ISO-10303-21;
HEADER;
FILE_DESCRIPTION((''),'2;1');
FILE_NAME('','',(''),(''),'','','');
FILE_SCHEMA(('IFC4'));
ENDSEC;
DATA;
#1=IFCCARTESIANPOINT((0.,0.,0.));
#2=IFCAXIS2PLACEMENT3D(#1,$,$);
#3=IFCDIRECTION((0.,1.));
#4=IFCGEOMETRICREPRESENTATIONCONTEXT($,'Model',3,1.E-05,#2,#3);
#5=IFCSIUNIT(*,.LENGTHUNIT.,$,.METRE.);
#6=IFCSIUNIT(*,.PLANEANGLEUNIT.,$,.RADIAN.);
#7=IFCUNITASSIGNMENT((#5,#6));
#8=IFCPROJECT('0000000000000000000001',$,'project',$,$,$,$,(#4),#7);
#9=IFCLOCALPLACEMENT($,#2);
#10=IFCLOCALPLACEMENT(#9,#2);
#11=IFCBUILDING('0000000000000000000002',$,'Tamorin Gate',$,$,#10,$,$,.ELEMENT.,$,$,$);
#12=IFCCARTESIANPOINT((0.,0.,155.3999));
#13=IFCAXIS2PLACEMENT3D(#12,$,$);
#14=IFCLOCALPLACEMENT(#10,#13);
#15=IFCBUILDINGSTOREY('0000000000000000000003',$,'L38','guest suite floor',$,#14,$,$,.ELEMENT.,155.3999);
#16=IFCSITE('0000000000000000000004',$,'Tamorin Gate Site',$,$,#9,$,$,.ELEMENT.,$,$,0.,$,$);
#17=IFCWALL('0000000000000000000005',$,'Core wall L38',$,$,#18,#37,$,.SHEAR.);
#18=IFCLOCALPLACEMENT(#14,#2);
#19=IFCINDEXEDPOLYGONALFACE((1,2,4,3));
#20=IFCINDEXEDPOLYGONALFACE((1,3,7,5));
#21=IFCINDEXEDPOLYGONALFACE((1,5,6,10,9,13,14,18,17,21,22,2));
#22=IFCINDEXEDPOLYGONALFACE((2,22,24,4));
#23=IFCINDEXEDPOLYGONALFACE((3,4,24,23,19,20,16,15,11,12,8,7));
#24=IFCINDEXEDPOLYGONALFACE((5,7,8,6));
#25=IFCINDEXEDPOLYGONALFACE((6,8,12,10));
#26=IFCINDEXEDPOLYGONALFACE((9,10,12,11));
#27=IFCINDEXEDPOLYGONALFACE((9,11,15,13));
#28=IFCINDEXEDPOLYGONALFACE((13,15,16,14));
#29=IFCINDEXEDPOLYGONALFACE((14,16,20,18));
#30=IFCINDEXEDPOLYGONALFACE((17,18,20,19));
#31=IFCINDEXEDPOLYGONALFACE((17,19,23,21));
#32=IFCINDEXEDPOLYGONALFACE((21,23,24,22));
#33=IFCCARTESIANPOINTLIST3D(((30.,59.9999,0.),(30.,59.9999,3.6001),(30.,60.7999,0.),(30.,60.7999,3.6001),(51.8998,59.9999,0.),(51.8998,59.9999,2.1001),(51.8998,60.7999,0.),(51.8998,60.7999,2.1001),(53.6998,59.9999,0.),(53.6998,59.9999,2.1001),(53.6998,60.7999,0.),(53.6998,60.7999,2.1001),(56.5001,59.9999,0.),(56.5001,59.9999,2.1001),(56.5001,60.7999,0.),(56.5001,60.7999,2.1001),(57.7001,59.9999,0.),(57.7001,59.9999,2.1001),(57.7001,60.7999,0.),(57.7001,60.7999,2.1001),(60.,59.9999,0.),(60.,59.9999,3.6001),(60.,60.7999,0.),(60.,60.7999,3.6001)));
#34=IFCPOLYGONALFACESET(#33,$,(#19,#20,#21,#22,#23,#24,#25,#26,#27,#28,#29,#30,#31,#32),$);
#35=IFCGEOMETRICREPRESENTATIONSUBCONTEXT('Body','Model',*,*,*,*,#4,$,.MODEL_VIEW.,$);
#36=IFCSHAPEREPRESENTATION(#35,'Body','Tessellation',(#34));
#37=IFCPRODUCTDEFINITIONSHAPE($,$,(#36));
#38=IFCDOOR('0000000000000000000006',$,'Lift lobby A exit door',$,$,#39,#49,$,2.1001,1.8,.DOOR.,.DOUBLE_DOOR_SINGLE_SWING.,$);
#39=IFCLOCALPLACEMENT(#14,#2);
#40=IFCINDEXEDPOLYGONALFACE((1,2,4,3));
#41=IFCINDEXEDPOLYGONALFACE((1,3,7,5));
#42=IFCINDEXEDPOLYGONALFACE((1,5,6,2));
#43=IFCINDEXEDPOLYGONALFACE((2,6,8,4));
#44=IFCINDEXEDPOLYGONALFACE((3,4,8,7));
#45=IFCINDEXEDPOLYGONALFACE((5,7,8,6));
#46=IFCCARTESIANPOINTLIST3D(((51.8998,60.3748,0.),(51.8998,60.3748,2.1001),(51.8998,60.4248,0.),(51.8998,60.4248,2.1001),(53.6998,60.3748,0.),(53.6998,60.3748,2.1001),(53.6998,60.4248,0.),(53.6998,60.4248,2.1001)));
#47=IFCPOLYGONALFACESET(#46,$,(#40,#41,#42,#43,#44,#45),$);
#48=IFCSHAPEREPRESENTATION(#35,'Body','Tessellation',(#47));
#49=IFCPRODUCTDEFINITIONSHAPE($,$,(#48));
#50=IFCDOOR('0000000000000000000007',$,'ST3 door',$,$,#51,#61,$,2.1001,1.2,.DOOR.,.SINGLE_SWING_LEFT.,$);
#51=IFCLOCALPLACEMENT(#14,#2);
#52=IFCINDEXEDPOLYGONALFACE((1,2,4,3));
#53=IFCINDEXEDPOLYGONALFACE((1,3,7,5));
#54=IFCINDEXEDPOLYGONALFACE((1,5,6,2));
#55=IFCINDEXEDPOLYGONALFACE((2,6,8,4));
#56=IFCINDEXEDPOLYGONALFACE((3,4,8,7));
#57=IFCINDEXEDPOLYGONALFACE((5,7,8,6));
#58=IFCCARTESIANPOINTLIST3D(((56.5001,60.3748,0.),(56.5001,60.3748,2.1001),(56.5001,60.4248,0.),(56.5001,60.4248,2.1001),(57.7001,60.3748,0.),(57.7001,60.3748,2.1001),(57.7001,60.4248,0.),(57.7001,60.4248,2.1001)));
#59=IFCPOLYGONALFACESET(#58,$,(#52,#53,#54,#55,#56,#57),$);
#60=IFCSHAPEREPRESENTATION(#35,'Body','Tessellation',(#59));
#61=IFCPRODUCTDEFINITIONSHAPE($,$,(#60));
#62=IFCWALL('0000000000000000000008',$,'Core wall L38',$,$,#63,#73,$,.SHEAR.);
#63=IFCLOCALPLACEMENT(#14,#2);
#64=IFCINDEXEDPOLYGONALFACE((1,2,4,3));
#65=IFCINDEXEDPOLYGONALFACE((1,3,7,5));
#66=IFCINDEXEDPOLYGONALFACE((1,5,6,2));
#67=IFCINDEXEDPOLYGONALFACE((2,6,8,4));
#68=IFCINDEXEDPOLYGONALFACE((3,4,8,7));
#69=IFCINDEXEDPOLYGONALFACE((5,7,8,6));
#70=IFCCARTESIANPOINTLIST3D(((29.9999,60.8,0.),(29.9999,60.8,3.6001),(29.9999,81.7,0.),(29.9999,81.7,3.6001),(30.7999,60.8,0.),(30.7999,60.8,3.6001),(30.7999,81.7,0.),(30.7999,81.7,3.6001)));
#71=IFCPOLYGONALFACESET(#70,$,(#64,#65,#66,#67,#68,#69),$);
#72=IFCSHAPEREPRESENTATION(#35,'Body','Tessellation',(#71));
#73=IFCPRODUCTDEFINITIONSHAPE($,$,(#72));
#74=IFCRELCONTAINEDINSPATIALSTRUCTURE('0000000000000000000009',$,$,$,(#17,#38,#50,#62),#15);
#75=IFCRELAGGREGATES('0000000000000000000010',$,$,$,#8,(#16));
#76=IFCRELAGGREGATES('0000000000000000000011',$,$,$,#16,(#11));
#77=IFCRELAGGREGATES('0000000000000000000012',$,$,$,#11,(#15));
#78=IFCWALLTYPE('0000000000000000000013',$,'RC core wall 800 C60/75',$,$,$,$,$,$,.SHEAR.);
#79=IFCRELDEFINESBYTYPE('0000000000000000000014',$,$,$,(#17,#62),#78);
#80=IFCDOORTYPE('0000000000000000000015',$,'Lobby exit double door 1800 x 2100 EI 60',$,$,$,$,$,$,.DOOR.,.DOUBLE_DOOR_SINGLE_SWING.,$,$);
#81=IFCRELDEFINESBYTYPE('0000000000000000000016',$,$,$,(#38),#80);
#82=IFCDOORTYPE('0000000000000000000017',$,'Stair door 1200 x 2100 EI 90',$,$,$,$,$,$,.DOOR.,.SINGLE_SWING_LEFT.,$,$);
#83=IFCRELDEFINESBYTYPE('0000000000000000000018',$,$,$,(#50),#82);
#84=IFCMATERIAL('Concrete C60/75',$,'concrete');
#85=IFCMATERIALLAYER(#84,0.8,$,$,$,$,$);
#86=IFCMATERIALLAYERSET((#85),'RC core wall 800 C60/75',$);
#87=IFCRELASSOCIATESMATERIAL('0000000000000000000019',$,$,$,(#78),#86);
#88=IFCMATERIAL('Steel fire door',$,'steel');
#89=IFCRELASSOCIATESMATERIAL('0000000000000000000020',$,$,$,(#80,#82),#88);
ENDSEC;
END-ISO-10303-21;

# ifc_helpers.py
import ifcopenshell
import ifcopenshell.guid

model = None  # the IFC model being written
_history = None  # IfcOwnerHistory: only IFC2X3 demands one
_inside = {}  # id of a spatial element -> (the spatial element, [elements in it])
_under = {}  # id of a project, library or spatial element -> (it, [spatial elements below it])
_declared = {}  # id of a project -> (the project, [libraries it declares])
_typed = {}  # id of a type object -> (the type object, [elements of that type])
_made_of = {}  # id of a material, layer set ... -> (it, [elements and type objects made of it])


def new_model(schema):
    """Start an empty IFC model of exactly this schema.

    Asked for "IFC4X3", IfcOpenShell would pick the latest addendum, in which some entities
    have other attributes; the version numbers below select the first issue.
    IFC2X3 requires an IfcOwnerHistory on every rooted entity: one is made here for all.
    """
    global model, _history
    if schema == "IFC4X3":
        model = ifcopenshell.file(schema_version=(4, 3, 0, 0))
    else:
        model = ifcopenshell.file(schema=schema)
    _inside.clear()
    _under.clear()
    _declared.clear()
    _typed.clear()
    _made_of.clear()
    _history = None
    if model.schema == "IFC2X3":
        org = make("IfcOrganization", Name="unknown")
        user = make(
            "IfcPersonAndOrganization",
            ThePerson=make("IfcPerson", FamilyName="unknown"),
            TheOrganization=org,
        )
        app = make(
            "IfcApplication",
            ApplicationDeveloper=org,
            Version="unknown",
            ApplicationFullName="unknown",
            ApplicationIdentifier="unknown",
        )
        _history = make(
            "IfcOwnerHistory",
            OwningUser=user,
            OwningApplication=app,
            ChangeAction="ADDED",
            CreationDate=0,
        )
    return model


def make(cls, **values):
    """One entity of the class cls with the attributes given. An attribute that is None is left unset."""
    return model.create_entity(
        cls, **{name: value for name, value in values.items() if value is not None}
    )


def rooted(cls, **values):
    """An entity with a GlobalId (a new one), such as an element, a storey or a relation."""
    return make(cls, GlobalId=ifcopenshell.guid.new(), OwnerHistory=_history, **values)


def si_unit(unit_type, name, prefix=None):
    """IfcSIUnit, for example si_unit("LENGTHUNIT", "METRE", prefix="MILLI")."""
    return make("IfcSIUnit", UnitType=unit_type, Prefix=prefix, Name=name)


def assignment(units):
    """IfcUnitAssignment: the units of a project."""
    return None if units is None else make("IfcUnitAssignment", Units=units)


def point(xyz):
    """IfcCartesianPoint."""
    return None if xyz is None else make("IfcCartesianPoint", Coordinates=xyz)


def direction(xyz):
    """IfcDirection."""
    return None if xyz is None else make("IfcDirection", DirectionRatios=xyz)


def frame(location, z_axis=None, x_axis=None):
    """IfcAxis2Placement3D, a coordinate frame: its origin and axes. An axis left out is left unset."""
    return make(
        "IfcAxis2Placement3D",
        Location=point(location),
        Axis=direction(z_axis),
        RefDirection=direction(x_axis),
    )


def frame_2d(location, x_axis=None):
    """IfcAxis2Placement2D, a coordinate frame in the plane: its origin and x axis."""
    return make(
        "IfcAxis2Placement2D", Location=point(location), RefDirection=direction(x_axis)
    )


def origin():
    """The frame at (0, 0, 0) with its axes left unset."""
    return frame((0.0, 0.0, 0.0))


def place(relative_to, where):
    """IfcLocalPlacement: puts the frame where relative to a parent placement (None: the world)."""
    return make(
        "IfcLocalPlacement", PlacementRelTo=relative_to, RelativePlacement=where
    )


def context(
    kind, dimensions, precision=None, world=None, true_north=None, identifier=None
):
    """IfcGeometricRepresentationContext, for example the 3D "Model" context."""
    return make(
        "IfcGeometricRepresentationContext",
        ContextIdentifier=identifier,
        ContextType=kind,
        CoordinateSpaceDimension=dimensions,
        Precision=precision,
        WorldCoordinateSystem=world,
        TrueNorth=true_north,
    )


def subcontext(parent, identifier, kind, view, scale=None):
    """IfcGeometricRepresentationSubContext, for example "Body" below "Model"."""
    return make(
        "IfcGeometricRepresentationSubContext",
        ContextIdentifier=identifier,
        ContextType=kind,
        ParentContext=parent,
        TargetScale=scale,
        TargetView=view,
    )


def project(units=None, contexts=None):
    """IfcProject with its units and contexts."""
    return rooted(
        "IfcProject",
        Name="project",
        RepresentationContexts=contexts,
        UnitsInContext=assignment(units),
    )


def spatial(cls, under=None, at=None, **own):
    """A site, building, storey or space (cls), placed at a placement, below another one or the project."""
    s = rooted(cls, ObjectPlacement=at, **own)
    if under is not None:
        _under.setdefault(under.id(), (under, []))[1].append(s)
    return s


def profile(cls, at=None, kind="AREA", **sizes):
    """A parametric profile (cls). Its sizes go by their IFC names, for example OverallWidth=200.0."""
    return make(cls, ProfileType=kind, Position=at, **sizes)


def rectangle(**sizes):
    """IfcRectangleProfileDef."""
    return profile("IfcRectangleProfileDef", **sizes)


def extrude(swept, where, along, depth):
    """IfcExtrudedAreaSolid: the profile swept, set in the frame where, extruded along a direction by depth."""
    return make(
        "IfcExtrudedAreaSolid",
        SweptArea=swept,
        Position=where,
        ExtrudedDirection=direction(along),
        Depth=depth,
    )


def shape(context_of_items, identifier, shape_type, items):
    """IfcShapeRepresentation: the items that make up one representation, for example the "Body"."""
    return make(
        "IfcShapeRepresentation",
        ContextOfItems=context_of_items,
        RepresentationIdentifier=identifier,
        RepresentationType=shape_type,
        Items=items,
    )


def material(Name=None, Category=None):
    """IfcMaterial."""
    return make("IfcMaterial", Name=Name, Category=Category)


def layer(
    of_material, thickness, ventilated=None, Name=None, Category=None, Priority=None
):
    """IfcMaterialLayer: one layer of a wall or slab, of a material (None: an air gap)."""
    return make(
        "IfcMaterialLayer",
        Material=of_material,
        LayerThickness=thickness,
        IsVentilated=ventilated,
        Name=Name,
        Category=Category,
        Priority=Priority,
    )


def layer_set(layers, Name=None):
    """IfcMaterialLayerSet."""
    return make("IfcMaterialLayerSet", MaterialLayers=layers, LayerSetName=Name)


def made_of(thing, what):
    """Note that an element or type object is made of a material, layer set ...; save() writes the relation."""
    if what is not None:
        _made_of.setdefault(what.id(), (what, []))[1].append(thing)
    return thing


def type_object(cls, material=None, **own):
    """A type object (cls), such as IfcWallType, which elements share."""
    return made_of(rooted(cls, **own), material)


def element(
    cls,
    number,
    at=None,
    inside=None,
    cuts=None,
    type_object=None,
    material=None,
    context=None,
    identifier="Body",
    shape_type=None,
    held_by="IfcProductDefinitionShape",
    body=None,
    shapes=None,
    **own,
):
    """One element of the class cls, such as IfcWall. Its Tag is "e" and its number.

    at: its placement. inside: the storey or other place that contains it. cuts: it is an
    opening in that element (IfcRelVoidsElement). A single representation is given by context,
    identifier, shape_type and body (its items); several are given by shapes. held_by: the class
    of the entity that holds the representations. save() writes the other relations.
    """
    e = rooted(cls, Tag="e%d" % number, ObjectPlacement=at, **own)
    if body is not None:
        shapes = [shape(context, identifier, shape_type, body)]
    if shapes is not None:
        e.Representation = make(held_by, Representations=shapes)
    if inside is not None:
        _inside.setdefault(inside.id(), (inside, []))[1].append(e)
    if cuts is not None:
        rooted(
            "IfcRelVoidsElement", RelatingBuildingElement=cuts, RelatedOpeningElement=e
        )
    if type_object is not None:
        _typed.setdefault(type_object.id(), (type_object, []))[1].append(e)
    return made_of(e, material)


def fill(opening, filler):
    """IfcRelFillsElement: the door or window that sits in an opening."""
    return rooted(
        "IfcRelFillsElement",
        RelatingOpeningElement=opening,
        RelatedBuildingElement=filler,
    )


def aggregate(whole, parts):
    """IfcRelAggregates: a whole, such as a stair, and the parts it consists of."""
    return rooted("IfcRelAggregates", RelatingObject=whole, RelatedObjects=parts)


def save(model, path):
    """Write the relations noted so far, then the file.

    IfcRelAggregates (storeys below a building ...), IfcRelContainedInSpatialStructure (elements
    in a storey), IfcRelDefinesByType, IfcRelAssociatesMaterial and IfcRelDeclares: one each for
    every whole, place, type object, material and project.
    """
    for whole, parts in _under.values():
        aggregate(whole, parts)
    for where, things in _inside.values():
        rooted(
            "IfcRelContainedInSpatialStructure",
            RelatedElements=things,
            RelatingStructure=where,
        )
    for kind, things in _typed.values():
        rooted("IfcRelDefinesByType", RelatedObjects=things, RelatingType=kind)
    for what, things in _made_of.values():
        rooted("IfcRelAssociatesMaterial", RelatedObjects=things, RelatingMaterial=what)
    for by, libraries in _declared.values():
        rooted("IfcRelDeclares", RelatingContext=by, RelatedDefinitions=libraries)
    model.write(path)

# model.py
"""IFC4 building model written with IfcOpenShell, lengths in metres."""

from ifc_helpers import new_model, si_unit, direction, frame, frame_2d, origin, place, context, subcontext, project, spatial, rectangle, extrude, material, layer, layer_set, type_object, element, fill, save


model = new_model("IFC4")

# Units and contexts
model_context = context("Model", 3, precision=1e-05, world=origin(), true_north=direction((0.0, 1.0)))
body_context = subcontext(model_context, "Body", "Model", "MODEL_VIEW")
ifc_project = project(units=[si_unit("LENGTHUNIT", "METRE"), si_unit("PLANEANGLEUNIT", "RADIAN")], contexts=[model_context])

# Site, building, storey
site_placement = place(None, origin())
site = spatial("IfcSite", under=ifc_project, at=site_placement, Name="Tamorin Gate Site", CompositionType="ELEMENT", RefElevation=0.0)
building_placement = place(site_placement, origin())
building = spatial("IfcBuilding", under=site, at=building_placement, Name="Tamorin Gate", CompositionType="ELEMENT")
storey_placement = place(building_placement, frame((0.0, 0.0, 155.3999)))
storey = spatial("IfcBuildingStorey", under=building, at=storey_placement, Name="L38", Description="guest suite floor", CompositionType="ELEMENT", Elevation=155.3999)

# Wall, openings, doors
ifc_material_1 = material(Name="Concrete C60/75", Category="concrete")
ifc_layer_1 = layer(ifc_material_1, 0.8)
ifc_layer_set_1 = layer_set([ifc_layer_1], Name="RC core wall 800 C60/75")
wall_type_1 = type_object("IfcWallType", Name="RC core wall 800 C60/75", PredefinedType="SHEAR", material=ifc_layer_set_1)
wall_1_placement = place(storey_placement, frame((30.0, 60.3999, 0.0), z_axis=(0.0, 0.0, 1.0), x_axis=(1.0, 0.0, 0.0)))
wall_1 = element("IfcWall", 1, at=wall_1_placement, inside=storey, type_object=wall_type_1, Name="Core wall L38", PredefinedType="SHEAR", context=body_context, shape_type="SweptSolid", body=[
    extrude(rectangle(XDim=30.0, YDim=0.8, at=frame_2d((15.0, 0.0))), origin(), (0.0, 0.0, 1.0), 3.6001),
])
opening_1_placement = place(wall_1_placement, frame((21.8999, 0.0, 0.0)))
opening_1 = element("IfcOpeningElement", 2, at=opening_1_placement, cuts=wall_1, PredefinedType="OPENING", context=body_context, shape_type="SweptSolid", body=[
    extrude(rectangle(XDim=1.8, YDim=2.1001, at=frame_2d((0.8999, 1.05))), frame((0.0, 0.4099, 0.0), z_axis=(0.0, -1.0, 0.0), x_axis=(1.0, 0.0, 0.0)), (0.0, 0.0, 1.0), 0.8201),
])
opening_2_placement = place(wall_1_placement, frame((26.5, 0.0, 0.0)))
opening_2 = element("IfcOpeningElement", 3, at=opening_2_placement, cuts=wall_1, PredefinedType="OPENING", context=body_context, shape_type="SweptSolid", body=[
    extrude(rectangle(XDim=1.2, YDim=2.1001, at=frame_2d((0.6001, 1.05))), frame((0.0, 0.4099, 0.0), z_axis=(0.0, -1.0, 0.0), x_axis=(1.0, 0.0, 0.0)), (0.0, 0.0, 1.0), 0.8201),
])
ifc_material_2 = material(Name="Steel fire door", Category="steel")
door_type_1 = type_object("IfcDoorType", Name="Lobby exit double door 1800 x 2100 EI 60", OperationType="DOUBLE_DOOR_SINGLE_SWING", PredefinedType="DOOR", material=ifc_material_2)
door_1_placement = place(opening_1_placement, origin())
door_1 = element("IfcDoor", 4, at=door_1_placement, inside=storey, type_object=door_type_1, Name="Lift lobby A exit door", OperationType="DOUBLE_DOOR_SINGLE_SWING", OverallHeight=2.1001, OverallWidth=1.8, PredefinedType="DOOR", context=body_context, shape_type="SweptSolid", body=[
    extrude(rectangle(XDim=1.8, YDim=2.1001, at=frame_2d((0.8999, 1.05))), frame((0.0, 0.0249, 0.0), z_axis=(0.0, -1.0, 0.0), x_axis=(1.0, 0.0, 0.0)), (0.0, 0.0, 1.0), 0.05),
])
fill(opening_1, door_1)
door_type_2 = type_object("IfcDoorType", Name="Stair door 1200 x 2100 EI 90", OperationType="SINGLE_SWING_LEFT", PredefinedType="DOOR", material=ifc_material_2)
door_2_placement = place(opening_2_placement, origin())
door_2 = element("IfcDoor", 5, at=door_2_placement, inside=storey, type_object=door_type_2, Name="ST3 door", OperationType="SINGLE_SWING_LEFT", OverallHeight=2.1001, OverallWidth=1.2, PredefinedType="DOOR", context=body_context, shape_type="SweptSolid", body=[
    extrude(rectangle(XDim=1.2, YDim=2.1001, at=frame_2d((0.6001, 1.05))), frame((0.0, 0.0249, 0.0), z_axis=(0.0, -1.0, 0.0), x_axis=(1.0, 0.0, 0.0)), (0.0, 0.0, 1.0), 0.05),
])
fill(opening_2, door_2)

# Wall
wall_2_placement = place(storey_placement, frame((30.3999, 60.8, 0.0), z_axis=(0.0, 0.0, 1.0), x_axis=(0.0, 1.0, 0.0)))
element("IfcWall", 6, at=wall_2_placement, inside=storey, type_object=wall_type_1, Name="Core wall L38", PredefinedType="SHEAR", context=body_context, shape_type="SweptSolid", body=[
    extrude(rectangle(XDim=20.8999, YDim=0.8, at=frame_2d((10.45, 0.0))), origin(), (0.0, 0.0, 1.0), 3.6001),
])

save(model, "model.ifc")
